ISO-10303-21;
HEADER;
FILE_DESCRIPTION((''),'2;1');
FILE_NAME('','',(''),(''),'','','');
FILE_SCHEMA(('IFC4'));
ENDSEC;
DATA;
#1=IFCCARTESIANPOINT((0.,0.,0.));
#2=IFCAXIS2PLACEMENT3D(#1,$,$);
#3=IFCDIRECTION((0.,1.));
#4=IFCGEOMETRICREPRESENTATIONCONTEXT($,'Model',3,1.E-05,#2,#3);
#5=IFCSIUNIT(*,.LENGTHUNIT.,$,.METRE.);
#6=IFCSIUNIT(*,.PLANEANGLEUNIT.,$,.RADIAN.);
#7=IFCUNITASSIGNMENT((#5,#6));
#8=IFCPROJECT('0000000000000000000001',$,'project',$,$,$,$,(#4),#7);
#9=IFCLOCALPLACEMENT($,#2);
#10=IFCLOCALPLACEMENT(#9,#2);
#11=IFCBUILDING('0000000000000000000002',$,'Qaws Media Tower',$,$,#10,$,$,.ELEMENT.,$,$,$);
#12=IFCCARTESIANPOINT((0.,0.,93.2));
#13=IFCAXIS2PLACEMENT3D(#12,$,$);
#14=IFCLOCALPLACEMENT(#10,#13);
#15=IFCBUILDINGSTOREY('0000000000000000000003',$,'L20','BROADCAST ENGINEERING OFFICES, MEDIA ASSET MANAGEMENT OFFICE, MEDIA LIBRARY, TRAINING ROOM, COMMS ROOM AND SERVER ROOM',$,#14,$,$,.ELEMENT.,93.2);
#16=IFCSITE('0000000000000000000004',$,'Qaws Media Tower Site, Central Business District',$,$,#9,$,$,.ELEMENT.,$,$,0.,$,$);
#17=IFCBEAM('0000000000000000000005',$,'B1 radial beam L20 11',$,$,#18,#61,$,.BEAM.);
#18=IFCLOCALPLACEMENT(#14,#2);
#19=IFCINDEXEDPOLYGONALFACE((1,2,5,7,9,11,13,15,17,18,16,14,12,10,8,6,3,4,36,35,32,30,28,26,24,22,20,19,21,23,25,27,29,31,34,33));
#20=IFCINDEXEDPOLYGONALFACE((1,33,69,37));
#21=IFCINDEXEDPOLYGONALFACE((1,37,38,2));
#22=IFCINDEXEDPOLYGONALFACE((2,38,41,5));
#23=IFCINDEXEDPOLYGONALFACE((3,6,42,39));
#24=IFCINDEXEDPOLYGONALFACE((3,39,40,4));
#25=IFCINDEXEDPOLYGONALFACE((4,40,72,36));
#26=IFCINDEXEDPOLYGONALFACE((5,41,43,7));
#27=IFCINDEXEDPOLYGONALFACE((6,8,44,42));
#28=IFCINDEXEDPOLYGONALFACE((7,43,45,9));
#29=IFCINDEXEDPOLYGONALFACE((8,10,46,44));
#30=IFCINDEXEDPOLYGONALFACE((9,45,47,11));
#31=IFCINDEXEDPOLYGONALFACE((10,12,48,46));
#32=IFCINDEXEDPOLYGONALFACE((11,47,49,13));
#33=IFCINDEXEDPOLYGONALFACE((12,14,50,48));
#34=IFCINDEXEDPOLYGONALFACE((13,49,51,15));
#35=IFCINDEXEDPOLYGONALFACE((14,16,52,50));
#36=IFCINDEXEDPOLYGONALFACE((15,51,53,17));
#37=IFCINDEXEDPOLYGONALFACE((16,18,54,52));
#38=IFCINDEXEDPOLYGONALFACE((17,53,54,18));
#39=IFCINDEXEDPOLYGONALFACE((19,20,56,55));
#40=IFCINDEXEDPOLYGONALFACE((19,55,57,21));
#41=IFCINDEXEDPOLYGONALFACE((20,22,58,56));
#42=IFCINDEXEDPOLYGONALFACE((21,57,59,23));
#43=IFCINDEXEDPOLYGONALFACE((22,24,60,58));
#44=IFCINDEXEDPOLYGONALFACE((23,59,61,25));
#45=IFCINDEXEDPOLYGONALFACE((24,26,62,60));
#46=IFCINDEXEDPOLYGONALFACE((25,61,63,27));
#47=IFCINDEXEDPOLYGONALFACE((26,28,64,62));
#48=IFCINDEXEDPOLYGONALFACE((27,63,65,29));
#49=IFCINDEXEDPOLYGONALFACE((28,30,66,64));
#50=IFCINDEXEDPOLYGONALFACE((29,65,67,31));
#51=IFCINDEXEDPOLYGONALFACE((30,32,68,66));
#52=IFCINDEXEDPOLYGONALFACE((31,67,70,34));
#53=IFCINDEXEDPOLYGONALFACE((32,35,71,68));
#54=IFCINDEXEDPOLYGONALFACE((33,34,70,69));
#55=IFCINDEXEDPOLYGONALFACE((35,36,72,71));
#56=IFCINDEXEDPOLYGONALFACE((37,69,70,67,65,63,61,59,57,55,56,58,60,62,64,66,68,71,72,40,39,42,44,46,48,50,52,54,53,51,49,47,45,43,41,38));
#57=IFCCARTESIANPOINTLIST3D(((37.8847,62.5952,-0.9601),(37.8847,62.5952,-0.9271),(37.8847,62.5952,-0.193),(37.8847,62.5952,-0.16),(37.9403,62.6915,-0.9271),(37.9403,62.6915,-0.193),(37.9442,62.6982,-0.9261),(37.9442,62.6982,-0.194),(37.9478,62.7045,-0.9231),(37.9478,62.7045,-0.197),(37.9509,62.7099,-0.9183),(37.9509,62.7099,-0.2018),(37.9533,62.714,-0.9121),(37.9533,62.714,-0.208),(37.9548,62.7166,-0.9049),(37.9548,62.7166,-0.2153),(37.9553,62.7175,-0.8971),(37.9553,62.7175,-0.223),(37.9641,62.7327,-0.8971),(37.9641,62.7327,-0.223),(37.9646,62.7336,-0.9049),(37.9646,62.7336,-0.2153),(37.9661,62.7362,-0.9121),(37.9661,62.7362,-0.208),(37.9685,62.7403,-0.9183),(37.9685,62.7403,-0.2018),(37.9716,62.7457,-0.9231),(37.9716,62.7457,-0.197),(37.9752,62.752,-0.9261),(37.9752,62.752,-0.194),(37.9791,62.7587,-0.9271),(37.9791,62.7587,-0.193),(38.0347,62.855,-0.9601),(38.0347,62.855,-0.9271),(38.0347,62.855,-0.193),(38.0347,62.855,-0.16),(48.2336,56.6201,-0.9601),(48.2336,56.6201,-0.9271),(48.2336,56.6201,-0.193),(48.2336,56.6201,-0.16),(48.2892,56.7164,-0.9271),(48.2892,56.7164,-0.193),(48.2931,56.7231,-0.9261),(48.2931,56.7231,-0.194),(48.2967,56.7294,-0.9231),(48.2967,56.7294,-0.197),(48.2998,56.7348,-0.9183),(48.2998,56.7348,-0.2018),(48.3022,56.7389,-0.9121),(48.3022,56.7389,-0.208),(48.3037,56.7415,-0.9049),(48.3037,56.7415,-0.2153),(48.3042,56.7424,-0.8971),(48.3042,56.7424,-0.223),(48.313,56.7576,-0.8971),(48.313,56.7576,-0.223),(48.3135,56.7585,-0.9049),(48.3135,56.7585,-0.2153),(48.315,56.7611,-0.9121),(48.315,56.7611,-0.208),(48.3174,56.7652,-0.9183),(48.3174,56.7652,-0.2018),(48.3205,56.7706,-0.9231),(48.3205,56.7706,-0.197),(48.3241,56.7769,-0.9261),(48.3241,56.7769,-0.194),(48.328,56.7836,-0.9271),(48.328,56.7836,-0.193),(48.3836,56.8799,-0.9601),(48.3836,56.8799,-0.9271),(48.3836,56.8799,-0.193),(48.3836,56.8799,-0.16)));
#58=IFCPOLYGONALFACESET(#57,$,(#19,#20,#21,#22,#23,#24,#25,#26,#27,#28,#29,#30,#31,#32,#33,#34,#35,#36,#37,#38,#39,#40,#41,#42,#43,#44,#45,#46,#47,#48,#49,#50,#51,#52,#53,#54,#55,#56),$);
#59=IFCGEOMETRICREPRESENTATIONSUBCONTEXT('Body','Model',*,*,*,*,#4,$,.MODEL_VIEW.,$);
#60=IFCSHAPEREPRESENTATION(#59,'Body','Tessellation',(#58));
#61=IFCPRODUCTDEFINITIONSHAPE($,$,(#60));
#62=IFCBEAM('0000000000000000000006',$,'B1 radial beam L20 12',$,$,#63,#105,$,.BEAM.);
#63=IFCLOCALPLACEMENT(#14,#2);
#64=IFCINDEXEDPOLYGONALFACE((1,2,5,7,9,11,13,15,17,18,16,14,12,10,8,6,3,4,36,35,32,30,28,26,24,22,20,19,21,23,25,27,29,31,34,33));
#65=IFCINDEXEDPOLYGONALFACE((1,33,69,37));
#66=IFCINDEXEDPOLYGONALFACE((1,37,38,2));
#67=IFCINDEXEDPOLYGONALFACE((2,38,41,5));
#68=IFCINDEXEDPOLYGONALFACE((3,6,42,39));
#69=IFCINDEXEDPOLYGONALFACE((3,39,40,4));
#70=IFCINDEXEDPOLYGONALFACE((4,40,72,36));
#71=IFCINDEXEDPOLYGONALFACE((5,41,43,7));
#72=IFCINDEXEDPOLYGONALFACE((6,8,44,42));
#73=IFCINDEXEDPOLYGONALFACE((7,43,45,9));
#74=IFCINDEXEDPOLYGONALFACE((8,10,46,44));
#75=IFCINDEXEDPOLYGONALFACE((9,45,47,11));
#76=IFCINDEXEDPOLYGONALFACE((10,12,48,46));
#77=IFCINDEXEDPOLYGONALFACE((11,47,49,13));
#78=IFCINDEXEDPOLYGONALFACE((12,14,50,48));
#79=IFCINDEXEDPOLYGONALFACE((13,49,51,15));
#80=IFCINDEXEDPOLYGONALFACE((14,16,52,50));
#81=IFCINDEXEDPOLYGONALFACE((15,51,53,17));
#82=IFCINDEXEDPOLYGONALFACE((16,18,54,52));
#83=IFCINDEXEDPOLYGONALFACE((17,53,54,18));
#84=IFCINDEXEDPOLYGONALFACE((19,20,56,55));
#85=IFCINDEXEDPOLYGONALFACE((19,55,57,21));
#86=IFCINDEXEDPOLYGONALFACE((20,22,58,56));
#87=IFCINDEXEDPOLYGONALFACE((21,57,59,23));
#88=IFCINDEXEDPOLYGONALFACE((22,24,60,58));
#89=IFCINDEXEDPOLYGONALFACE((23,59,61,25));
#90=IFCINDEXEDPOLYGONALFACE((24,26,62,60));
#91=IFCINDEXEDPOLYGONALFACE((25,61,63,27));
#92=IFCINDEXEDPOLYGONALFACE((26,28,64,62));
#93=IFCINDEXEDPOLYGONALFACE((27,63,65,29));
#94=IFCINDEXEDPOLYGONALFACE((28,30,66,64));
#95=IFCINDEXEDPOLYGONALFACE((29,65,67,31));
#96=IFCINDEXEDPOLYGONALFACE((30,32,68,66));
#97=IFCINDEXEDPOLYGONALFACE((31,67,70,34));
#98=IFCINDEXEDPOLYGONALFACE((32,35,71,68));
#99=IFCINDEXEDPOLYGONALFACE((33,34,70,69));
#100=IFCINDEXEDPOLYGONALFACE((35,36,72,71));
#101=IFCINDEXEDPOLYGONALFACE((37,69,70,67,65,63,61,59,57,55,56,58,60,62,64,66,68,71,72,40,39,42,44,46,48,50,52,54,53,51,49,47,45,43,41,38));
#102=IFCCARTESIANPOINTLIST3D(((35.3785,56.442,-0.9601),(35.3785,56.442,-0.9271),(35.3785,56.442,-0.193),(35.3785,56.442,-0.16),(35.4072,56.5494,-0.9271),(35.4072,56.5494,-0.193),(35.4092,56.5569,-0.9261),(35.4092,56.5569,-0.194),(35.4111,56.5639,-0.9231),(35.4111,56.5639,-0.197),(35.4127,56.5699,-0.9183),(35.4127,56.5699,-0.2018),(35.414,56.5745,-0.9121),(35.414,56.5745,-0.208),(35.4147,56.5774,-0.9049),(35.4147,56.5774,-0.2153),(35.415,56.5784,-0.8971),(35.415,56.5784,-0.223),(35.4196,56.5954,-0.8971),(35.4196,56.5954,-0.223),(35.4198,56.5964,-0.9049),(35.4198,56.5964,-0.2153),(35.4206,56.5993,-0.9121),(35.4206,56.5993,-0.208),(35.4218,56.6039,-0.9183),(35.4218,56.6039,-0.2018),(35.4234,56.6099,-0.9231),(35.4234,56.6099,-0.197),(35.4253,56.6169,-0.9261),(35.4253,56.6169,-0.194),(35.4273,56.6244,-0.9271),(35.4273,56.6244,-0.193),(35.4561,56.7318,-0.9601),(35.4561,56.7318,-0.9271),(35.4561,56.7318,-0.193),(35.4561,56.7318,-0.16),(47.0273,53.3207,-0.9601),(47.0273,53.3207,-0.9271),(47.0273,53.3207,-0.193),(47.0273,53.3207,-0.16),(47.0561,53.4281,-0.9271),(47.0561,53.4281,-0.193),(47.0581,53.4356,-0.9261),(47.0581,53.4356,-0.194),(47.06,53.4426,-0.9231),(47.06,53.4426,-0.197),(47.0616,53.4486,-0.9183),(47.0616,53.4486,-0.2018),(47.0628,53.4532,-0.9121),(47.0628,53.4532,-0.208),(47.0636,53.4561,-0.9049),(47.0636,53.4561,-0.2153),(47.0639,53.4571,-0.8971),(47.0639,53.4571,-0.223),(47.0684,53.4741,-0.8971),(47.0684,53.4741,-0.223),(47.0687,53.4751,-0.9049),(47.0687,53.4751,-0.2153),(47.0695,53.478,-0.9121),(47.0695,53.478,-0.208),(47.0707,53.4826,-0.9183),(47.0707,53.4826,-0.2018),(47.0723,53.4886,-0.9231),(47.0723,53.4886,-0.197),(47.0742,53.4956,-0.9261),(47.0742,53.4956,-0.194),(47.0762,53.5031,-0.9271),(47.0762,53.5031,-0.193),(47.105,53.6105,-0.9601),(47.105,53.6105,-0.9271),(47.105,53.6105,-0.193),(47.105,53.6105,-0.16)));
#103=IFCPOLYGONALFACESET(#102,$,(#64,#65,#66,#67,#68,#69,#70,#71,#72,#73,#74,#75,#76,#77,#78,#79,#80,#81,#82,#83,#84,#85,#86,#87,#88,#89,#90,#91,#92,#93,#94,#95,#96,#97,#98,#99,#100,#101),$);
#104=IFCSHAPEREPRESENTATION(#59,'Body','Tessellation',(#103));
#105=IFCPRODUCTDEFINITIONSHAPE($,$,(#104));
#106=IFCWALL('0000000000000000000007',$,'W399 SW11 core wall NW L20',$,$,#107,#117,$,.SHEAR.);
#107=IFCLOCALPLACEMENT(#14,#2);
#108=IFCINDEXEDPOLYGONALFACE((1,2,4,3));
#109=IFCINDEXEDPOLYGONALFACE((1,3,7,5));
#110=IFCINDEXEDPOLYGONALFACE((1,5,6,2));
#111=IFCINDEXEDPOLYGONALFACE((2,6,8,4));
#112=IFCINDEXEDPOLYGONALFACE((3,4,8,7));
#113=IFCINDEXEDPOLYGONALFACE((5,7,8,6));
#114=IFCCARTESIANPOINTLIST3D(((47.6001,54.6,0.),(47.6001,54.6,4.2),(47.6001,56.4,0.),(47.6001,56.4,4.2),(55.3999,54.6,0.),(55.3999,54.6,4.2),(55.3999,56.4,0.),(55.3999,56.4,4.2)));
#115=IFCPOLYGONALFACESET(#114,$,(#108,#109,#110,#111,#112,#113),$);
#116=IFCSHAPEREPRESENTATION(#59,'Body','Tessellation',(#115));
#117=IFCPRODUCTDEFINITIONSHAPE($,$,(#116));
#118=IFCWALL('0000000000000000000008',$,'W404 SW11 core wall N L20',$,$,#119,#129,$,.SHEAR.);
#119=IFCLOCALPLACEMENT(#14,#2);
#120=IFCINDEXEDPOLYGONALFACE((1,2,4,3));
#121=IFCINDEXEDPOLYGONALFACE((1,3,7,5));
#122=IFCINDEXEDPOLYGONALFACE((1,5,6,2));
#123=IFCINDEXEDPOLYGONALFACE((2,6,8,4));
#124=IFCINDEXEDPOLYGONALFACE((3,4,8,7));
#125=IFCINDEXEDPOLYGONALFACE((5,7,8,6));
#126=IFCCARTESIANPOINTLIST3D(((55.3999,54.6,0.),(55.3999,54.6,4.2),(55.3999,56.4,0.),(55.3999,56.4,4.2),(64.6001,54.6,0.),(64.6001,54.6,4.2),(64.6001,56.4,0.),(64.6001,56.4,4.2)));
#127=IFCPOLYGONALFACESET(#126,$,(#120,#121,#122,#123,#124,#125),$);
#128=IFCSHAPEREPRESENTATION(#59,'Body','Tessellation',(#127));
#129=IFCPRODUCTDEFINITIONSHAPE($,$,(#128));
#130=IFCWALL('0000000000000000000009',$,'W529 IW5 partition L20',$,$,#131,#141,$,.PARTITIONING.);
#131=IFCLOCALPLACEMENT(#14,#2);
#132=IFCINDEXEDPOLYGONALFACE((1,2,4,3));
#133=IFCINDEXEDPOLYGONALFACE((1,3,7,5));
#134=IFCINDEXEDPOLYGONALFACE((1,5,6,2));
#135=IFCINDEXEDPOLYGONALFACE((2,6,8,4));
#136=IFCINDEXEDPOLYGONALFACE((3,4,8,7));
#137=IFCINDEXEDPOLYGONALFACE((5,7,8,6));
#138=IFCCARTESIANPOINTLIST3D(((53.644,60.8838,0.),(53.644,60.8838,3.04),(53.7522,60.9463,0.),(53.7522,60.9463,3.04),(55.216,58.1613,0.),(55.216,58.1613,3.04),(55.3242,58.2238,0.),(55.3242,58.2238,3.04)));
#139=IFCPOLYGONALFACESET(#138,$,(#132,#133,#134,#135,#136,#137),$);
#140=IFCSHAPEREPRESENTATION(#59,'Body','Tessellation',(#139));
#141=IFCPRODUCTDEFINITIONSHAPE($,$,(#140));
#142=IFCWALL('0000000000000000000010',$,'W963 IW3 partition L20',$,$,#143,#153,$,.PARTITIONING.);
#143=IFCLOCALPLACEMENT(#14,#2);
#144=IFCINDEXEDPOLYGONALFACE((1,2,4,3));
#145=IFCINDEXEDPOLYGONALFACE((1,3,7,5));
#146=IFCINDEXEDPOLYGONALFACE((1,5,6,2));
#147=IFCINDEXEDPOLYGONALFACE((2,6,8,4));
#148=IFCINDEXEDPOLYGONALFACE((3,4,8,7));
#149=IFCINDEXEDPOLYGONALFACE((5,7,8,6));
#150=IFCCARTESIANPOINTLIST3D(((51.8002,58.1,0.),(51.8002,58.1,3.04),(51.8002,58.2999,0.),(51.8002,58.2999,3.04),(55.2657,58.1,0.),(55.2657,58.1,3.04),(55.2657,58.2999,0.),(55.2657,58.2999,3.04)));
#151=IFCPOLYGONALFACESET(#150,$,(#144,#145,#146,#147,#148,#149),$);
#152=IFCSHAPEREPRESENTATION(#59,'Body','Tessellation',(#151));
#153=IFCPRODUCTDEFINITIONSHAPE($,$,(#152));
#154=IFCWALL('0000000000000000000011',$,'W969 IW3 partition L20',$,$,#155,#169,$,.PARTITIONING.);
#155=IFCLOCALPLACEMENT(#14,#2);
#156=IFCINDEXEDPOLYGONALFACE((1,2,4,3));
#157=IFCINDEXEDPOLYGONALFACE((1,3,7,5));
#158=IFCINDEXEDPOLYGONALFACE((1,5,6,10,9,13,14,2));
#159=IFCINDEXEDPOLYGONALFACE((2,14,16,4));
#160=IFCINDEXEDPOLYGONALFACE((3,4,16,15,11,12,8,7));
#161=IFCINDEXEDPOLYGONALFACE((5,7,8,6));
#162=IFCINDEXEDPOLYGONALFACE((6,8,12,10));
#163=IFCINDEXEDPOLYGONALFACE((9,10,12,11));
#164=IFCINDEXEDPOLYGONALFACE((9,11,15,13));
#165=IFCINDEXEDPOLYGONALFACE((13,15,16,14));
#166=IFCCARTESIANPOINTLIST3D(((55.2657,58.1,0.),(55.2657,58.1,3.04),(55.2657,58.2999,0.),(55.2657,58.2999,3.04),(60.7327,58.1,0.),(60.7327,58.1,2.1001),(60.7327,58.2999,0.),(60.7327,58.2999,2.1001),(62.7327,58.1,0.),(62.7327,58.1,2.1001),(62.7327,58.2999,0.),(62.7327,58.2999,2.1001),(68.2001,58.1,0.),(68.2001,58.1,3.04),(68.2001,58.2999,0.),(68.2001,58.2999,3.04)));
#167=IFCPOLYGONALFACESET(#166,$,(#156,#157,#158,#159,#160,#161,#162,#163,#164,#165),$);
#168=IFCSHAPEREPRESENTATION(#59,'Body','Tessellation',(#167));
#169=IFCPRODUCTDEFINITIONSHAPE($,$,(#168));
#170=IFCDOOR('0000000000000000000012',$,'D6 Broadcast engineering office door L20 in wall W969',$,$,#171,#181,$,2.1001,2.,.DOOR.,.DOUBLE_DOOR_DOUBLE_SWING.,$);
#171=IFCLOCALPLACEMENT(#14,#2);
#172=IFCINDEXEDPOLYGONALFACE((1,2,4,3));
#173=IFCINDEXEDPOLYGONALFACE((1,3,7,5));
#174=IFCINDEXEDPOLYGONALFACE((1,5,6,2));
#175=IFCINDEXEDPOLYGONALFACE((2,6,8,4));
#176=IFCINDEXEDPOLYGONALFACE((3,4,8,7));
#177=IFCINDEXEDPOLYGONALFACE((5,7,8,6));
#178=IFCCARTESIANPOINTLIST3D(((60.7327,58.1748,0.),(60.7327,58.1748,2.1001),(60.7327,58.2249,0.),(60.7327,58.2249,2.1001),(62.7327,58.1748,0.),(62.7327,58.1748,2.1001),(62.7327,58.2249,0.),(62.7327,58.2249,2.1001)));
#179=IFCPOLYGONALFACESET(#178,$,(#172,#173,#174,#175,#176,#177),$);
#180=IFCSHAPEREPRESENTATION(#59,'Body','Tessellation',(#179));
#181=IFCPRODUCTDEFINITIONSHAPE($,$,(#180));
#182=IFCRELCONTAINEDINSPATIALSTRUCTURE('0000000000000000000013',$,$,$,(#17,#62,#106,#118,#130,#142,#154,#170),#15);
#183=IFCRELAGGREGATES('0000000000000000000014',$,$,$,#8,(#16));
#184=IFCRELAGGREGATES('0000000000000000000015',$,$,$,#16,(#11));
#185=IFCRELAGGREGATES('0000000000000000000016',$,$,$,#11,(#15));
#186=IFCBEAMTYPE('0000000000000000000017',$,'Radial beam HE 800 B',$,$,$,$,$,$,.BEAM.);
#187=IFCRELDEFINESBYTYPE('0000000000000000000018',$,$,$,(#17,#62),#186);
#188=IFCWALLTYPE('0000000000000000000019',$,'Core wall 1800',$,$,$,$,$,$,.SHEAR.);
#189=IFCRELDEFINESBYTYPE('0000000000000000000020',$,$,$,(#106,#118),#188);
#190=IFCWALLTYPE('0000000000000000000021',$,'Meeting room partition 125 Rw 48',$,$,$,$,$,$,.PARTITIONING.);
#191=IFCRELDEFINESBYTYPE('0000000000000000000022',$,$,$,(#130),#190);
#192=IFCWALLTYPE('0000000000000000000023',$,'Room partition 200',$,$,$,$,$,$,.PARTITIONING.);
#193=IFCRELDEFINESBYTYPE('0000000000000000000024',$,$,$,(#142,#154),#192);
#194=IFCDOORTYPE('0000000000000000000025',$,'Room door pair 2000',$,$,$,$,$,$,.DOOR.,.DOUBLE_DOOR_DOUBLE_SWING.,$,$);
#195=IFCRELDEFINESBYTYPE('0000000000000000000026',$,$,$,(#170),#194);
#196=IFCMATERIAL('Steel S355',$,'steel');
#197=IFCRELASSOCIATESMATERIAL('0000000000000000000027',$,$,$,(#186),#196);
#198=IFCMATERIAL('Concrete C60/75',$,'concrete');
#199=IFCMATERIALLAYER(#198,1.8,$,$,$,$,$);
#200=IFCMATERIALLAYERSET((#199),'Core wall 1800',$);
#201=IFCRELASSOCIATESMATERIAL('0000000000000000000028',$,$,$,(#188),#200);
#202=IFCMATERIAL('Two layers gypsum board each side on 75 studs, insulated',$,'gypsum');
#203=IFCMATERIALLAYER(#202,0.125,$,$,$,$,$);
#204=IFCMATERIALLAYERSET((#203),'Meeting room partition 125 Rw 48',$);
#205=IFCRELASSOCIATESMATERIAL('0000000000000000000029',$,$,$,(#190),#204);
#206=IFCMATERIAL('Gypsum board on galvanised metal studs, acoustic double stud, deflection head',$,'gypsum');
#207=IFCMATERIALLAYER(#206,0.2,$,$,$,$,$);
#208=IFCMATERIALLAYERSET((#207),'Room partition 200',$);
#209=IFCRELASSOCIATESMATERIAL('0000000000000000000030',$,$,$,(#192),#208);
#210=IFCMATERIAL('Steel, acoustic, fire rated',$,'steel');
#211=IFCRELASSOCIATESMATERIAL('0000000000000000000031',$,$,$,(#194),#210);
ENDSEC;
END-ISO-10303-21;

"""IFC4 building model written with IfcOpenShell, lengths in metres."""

from ifc_helpers import new_model, si_unit, direction, frame, frame_2d, origin, origin_2d, place, context, subcontext, project, spatial, rectangle, i_section, extrude, material, layer, layer_set, material_profile, profile_set, type_object, element, fill, save


model = new_model("IFC4")

# Units and contexts
model_context = context("Model", 3, precision=1e-05, world=origin(), true_north=direction((0.0, 1.0)))
body_context = subcontext(model_context, "Body", "Model", "MODEL_VIEW")
ifc_project = project(units=[si_unit("LENGTHUNIT", "METRE"), si_unit("PLANEANGLEUNIT", "RADIAN")], contexts=[model_context])

# Site, building, storey
site_placement = place(None, origin())
site = spatial("IfcSite", under=ifc_project, at=site_placement, Name="Qaws Media Tower Site, Central Business District", CompositionType="ELEMENT", RefElevation=0.0)
building_placement = place(site_placement, origin())
building = spatial("IfcBuilding", under=site, at=building_placement, Name="Qaws Media Tower", CompositionType="ELEMENT")
storey_placement = place(building_placement, frame((0.0, 0.0, 93.2)))
storey = spatial("IfcBuildingStorey", under=building, at=storey_placement, Name="L20", Description="BROADCAST ENGINEERING OFFICES, MEDIA ASSET MANAGEMENT OFFICE, MEDIA LIBRARY, TRAINING ROOM, COMMS ROOM AND SERVER ROOM", CompositionType="ELEMENT", Elevation=93.2)

# Beams
ifc_material_1 = material(Name="Steel S355", Category="steel")
ifc_material_profile_1 = material_profile(ifc_material_1, i_section(OverallWidth=0.3, OverallDepth=0.8, WebThickness=0.0176, FlangeThickness=0.033, FilletRadius=0.03, at=origin_2d()), Name="HE 800 B")
ifc_profile_set_1 = profile_set([ifc_material_profile_1], Name="Steel S355")
beam_type_1 = type_object("IfcBeamType", Name="Radial beam HE 800 B", PredefinedType="BEAM", material=ifc_profile_set_1)
beam_1_placement = place(storey_placement, frame((48.3086, 56.75, -0.5601), z_axis=(-0.866019, 0.500011, 0.0), x_axis=(-0.500011, -0.866019, 0.0)))
element("IfcBeam", 1, at=beam_1_placement, inside=storey, type_object=beam_type_1, Name="B1 radial beam L20 11", PredefinedType="BEAM", context=body_context, shape_type="SweptSolid", body=[
    extrude(i_section(OverallWidth=0.3, OverallDepth=0.8, WebThickness=0.0176, FlangeThickness=0.033, FilletRadius=0.03, at=origin_2d()), origin(), (0.0, 0.0, 1.0), 11.95),
])
beam_2_placement = place(storey_placement, frame((47.0662, 53.4656, -0.5601), z_axis=(-0.965925, 0.25882, 0.0), x_axis=(-0.25882, -0.965925, 0.0)))
element("IfcBeam", 2, at=beam_2_placement, inside=storey, type_object=beam_type_1, Name="B1 radial beam L20 12", PredefinedType="BEAM", context=body_context, shape_type="SweptSolid", body=[
    extrude(i_section(OverallWidth=0.3, OverallDepth=0.8, WebThickness=0.0176, FlangeThickness=0.033, FilletRadius=0.03, at=origin_2d()), origin(), (0.0, 0.0, 1.0), 12.0598),
])

# Walls
ifc_material_2 = material(Name="Concrete C60/75", Category="concrete")
ifc_layer_1 = layer(ifc_material_2, 1.8)
ifc_layer_set_1 = layer_set([ifc_layer_1], Name="Core wall 1800")
wall_type_1 = type_object("IfcWallType", Name="Core wall 1800", PredefinedType="SHEAR", material=ifc_layer_set_1)
wall_1_placement = place(storey_placement, frame((47.6001, 55.5, 0.0), z_axis=(0.0, 0.0, 1.0), x_axis=(1.0, 0.0, 0.0)))
element("IfcWall", 3, at=wall_1_placement, inside=storey, type_object=wall_type_1, Name="W399 SW11 core wall NW L20", PredefinedType="SHEAR", context=body_context, shape_type="SweptSolid", body=[
    extrude(rectangle(XDim=7.7998, YDim=1.8, at=frame_2d((3.8999, 0.0))), origin(), (0.0, 0.0, 1.0), 4.2),
])
wall_2_placement = place(storey_placement, frame((55.3999, 55.5, 0.0), z_axis=(0.0, 0.0, 1.0), x_axis=(1.0, 0.0, 0.0)))
element("IfcWall", 4, at=wall_2_placement, inside=storey, type_object=wall_type_1, Name="W404 SW11 core wall N L20", PredefinedType="SHEAR", context=body_context, shape_type="SweptSolid", body=[
    extrude(rectangle(XDim=9.2002, YDim=1.8, at=frame_2d((4.6001, 0.0))), origin(), (0.0, 0.0, 1.0), 4.2),
])
ifc_material_3 = material(Name="Two layers gypsum board each side on 75 studs, insulated", Category="gypsum")
ifc_layer_2 = layer(ifc_material_3, 0.125)
ifc_layer_set_2 = layer_set([ifc_layer_2], Name="Meeting room partition 125 Rw 48")
wall_type_2 = type_object("IfcWallType", Name="Meeting room partition 125 Rw 48", PredefinedType="PARTITIONING", material=ifc_layer_set_2)
wall_3_placement = place(storey_placement, frame((55.27, 58.1926, 0.0), z_axis=(0.0, 0.0, 1.0), x_axis=(-0.500023, 0.866012, 0.0)))
element("IfcWall", 5, at=wall_3_placement, inside=storey, type_object=wall_type_2, Name="W529 IW5 partition L20", PredefinedType="PARTITIONING", context=body_context, shape_type="SweptSolid", body=[
    extrude(rectangle(XDim=3.1438, YDim=0.125, at=frame_2d((1.5718, 0.0))), origin(), (0.0, 0.0, 1.0), 3.04),
])
ifc_material_4 = material(Name="Gypsum board on galvanised metal studs, acoustic double stud, deflection head", Category="gypsum")
ifc_layer_3 = layer(ifc_material_4, 0.2)
ifc_layer_set_3 = layer_set([ifc_layer_3], Name="Room partition 200")
wall_type_3 = type_object("IfcWallType", Name="Room partition 200", PredefinedType="PARTITIONING", material=ifc_layer_set_3)
wall_4_placement = place(storey_placement, frame((51.8, 58.2, 0.0), z_axis=(0.0, 0.0, 1.0), x_axis=(1.0, 0.0, 0.0)))
element("IfcWall", 6, at=wall_4_placement, inside=storey, type_object=wall_type_3, Name="W963 IW3 partition L20", PredefinedType="PARTITIONING", context=body_context, shape_type="SweptSolid", body=[
    extrude(rectangle(XDim=3.4656, YDim=0.2, at=frame_2d((1.7329, 0.0))), origin(), (0.0, 0.0, 1.0), 3.04),
])

# Wall, opening, door
wall_5_placement = place(storey_placement, frame((55.2656, 58.2, 0.0), z_axis=(0.0, 0.0, 1.0), x_axis=(1.0, 0.0, 0.0)))
wall_5 = element("IfcWall", 7, at=wall_5_placement, inside=storey, type_object=wall_type_3, Name="W969 IW3 partition L20", PredefinedType="PARTITIONING", context=body_context, shape_type="SweptSolid", body=[
    extrude(rectangle(XDim=12.9343, YDim=0.2, at=frame_2d((6.4673, 0.0))), origin(), (0.0, 0.0, 1.0), 3.04),
])
opening_placement = place(wall_5_placement, frame((5.467, 0.0, 0.0)))
opening = element("IfcOpeningElement", 8, at=opening_placement, cuts=wall_5, PredefinedType="OPENING", context=body_context, shape_type="SweptSolid", body=[
    extrude(rectangle(XDim=2.0, YDim=2.1001, at=frame_2d((1.0, 1.05))), frame((0.0, 0.1099, 0.0), z_axis=(0.0, -1.0, 0.0), x_axis=(1.0, 0.0, 0.0)), (0.0, 0.0, 1.0), 0.22),
])
ifc_material_5 = material(Name="Steel, acoustic, fire rated", Category="steel")
door_type = type_object("IfcDoorType", Name="Room door pair 2000", OperationType="DOUBLE_DOOR_DOUBLE_SWING", PredefinedType="DOOR", material=ifc_material_5)
door_placement = place(opening_placement, origin())
door = element("IfcDoor", 9, at=door_placement, inside=storey, type_object=door_type, Name="D6 Broadcast engineering office door L20 in wall W969", OperationType="DOUBLE_DOOR_DOUBLE_SWING", OverallHeight=2.1001, OverallWidth=2.0, PredefinedType="DOOR", context=body_context, shape_type="SweptSolid", body=[
    extrude(rectangle(XDim=2.0, YDim=2.1001, at=frame_2d((1.0, 1.05))), frame((0.0, 0.0249, 0.0), z_axis=(0.0, -1.0, 0.0), x_axis=(1.0, 0.0, 0.0)), (0.0, 0.0, 1.0), 0.05),
])
fill(opening, door)

save(model, "model.ifc")
